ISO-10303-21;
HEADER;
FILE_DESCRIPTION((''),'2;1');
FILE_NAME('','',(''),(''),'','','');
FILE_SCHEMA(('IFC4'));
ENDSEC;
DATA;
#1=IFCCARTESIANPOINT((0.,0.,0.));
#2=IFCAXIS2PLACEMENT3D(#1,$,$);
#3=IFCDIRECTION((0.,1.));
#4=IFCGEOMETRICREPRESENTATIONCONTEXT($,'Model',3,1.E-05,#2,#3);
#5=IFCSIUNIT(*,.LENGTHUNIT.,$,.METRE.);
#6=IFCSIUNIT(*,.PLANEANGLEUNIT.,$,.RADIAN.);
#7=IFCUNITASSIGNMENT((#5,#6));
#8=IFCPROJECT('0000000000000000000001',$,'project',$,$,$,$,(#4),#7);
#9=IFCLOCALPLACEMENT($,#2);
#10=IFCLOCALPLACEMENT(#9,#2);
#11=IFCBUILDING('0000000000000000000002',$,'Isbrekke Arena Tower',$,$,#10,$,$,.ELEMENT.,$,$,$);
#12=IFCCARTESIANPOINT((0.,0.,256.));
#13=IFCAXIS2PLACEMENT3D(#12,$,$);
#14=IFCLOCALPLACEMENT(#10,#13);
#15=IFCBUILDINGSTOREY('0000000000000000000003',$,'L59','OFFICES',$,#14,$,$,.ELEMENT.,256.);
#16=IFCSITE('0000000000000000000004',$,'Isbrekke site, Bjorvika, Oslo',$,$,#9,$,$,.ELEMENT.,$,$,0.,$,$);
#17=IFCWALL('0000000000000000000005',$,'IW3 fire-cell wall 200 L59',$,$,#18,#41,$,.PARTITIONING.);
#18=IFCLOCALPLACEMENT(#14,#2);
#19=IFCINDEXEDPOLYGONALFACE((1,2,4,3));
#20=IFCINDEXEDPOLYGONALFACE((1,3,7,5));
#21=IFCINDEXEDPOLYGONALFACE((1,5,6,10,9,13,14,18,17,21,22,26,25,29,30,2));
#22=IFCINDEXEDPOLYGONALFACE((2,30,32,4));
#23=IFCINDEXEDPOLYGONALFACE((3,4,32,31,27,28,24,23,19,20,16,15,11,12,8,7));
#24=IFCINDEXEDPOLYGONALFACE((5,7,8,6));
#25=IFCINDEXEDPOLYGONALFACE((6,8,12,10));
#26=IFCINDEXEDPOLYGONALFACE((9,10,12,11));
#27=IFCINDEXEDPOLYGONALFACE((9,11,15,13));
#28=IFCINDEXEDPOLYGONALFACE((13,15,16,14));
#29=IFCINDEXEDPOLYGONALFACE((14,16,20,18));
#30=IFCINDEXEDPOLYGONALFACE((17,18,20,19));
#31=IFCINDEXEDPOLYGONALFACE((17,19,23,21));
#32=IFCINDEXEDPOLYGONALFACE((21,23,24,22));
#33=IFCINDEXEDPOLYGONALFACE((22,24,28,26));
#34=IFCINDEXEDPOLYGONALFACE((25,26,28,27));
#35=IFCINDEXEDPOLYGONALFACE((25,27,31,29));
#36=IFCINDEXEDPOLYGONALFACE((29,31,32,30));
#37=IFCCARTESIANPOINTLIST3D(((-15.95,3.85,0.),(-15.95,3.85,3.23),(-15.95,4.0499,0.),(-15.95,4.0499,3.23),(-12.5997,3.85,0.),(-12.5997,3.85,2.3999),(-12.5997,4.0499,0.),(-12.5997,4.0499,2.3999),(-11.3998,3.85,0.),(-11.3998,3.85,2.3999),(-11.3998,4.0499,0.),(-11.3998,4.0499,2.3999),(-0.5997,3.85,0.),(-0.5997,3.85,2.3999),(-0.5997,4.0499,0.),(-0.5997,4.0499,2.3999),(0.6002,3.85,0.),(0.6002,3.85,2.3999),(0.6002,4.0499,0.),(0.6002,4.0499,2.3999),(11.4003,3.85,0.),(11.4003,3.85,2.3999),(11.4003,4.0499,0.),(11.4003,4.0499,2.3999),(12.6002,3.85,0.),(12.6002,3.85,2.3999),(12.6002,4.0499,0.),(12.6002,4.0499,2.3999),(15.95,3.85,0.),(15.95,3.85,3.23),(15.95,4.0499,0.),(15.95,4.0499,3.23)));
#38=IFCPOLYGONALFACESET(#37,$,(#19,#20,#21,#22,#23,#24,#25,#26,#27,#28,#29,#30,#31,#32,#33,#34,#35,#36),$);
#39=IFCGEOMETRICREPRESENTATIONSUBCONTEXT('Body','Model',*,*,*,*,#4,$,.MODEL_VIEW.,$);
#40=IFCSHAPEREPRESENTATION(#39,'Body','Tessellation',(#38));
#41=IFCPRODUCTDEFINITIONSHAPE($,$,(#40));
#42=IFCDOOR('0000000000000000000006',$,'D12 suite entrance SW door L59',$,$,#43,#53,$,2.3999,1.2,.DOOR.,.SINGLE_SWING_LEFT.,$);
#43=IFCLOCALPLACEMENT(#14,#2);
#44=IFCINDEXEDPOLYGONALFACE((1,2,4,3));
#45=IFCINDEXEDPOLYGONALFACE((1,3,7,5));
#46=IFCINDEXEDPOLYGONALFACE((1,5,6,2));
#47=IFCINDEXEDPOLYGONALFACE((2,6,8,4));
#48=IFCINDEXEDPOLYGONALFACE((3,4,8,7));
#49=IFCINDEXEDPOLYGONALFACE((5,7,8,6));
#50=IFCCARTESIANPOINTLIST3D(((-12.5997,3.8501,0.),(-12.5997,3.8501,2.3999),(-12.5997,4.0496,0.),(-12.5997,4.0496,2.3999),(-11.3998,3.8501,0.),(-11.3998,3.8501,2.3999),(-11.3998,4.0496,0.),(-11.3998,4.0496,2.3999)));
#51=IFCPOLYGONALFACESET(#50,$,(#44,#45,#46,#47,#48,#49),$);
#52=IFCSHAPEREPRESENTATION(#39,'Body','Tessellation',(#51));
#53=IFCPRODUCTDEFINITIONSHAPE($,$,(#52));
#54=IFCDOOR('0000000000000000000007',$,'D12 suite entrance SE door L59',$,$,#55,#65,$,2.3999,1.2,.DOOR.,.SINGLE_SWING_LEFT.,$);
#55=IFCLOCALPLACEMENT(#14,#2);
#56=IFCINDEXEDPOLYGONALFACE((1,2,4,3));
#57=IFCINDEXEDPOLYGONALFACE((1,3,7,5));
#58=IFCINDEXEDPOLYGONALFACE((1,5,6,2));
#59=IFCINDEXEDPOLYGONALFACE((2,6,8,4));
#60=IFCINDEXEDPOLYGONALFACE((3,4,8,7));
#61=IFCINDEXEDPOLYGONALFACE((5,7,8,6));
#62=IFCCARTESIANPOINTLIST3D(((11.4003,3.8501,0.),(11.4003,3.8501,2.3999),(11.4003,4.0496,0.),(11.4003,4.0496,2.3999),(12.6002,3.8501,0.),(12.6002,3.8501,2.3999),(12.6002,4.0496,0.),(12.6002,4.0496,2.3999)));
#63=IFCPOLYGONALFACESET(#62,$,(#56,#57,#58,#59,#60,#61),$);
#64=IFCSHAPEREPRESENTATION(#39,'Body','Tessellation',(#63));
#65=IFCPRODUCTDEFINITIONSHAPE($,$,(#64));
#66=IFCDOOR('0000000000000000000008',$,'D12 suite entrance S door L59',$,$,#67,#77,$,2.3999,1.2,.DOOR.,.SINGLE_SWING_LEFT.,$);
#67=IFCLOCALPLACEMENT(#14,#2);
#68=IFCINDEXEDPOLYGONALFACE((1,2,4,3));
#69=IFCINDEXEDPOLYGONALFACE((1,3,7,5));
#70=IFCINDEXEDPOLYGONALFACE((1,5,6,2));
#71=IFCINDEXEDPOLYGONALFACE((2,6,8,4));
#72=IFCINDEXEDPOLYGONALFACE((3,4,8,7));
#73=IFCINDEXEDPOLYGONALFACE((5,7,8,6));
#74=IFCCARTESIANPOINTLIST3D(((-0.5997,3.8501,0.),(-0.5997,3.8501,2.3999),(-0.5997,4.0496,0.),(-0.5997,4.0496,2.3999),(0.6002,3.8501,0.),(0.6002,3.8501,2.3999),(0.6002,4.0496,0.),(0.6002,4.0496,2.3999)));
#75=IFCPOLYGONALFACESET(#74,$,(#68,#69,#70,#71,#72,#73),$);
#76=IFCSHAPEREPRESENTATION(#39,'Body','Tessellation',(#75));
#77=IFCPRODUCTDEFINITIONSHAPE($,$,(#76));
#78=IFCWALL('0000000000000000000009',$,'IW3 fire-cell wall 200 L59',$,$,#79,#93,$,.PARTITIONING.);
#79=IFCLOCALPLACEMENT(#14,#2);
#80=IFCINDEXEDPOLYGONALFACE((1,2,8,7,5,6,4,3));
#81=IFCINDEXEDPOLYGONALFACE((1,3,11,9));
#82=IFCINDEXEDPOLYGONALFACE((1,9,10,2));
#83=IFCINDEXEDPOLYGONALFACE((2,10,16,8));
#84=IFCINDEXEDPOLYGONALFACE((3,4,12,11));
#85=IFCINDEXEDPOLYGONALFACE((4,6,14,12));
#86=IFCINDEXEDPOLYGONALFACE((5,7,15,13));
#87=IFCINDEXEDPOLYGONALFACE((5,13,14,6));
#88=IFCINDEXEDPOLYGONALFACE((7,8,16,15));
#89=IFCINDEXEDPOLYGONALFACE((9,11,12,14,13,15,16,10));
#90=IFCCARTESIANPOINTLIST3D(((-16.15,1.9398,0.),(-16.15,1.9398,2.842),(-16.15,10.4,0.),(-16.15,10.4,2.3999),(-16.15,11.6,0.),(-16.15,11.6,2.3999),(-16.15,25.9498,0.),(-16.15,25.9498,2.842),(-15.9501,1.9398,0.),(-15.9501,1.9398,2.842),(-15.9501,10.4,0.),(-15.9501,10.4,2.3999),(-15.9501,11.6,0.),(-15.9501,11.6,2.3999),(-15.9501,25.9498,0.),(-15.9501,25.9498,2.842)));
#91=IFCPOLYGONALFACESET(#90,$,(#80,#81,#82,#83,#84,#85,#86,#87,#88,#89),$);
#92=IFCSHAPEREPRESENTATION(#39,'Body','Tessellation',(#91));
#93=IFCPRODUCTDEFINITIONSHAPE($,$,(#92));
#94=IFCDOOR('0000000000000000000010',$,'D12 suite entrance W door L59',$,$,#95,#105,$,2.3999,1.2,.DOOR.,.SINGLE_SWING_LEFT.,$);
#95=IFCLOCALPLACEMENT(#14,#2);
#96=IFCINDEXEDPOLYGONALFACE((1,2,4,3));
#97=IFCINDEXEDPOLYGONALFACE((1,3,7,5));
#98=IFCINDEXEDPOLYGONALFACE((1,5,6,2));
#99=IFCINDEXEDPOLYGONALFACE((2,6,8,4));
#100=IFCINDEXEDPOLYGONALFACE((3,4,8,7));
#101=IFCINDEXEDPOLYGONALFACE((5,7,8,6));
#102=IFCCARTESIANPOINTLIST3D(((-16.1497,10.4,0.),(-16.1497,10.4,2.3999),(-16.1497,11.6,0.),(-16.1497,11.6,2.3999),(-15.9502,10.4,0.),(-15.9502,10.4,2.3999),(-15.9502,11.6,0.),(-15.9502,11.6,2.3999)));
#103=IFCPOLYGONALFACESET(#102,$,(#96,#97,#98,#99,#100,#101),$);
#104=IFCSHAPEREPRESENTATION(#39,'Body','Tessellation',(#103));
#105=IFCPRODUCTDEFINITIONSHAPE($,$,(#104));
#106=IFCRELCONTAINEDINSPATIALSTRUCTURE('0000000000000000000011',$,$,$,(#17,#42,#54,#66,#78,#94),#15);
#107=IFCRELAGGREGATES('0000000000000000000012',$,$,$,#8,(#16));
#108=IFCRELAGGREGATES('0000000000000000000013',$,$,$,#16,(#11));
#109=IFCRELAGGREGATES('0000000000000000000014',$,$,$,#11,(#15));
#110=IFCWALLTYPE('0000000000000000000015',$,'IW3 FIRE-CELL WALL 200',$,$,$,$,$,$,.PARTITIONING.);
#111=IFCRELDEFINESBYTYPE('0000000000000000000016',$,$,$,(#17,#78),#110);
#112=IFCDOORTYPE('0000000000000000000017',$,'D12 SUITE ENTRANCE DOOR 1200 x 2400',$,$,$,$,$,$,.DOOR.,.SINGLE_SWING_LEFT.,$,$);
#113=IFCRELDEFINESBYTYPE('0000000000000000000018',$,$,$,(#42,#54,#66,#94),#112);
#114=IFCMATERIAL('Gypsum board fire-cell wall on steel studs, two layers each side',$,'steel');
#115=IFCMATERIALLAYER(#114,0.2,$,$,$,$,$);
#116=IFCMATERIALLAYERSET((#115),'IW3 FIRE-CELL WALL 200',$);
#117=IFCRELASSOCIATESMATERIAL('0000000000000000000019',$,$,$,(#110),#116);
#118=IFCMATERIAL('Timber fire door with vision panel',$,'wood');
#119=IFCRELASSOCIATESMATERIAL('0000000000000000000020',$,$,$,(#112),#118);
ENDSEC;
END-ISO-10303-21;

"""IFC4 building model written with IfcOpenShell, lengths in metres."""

from ifc_helpers import new_model, si_unit, direction, frame, frame_2d, origin, place, context, subcontext, project, spatial, rectangle, extrude, material, layer, layer_set, type_object, element, fill, save


model = new_model("IFC4")

# Units and contexts
model_context = context("Model", 3, precision=1e-05, world=origin(), true_north=direction((0.0, 1.0)))
body_context = subcontext(model_context, "Body", "Model", "MODEL_VIEW")
ifc_project = project(units=[si_unit("LENGTHUNIT", "METRE"), si_unit("PLANEANGLEUNIT", "RADIAN")], contexts=[model_context])

# Site, building, storey
site_placement = place(None, origin())
site = spatial("IfcSite", under=ifc_project, at=site_placement, Name="Isbrekke site, Bjorvika, Oslo", CompositionType="ELEMENT", RefElevation=0.0)
building_placement = place(site_placement, origin())
building = spatial("IfcBuilding", under=site, at=building_placement, Name="Isbrekke Arena Tower", CompositionType="ELEMENT")
storey_placement = place(building_placement, frame((0.0, 0.0, 256.0)))
storey = spatial("IfcBuildingStorey", under=building, at=storey_placement, Name="L59", Description="OFFICES", CompositionType="ELEMENT", Elevation=256.0)

# Wall, openings, doors
ifc_material_1 = material(Name="Gypsum board fire-cell wall on steel studs, two layers each side", Category="steel")
ifc_layer_1 = layer(ifc_material_1, 0.2)
ifc_layer_set_1 = layer_set([ifc_layer_1], Name="IW3 FIRE-CELL WALL 200")
wall_type_1 = type_object("IfcWallType", Name="IW3 FIRE-CELL WALL 200", PredefinedType="PARTITIONING", material=ifc_layer_set_1)
wall_1_placement = place(storey_placement, frame((-15.95, 3.95, 0.0), z_axis=(0.0, 0.0, 1.0), x_axis=(1.0, 0.0, 0.0)))
wall_1 = element("IfcWall", 1, at=wall_1_placement, inside=storey, type_object=wall_type_1, Name="IW3 fire-cell wall 200 L59", PredefinedType="PARTITIONING", context=body_context, shape_type="SweptSolid", body=[
    extrude(rectangle(XDim=31.8999, YDim=0.2, at=frame_2d((15.95, 0.0))), origin(), (0.0, 0.0, 1.0), 3.23),
])
opening_1_placement = place(wall_1_placement, frame((3.3501, 0.0, 0.0)))
opening_1 = element("IfcOpeningElement", 2, at=opening_1_placement, cuts=wall_1, PredefinedType="OPENING", context=body_context, shape_type="SweptSolid", body=[
    extrude(rectangle(XDim=1.2, YDim=2.3999, at=frame_2d((0.6001, 1.2))), frame((0.0, 0.1147, 0.0), z_axis=(0.0, -1.0, 0.0), x_axis=(1.0, 0.0, 0.0)), (0.0, 0.0, 1.0), 0.2297),
])
opening_2_placement = place(wall_1_placement, frame((27.3501, 0.0, 0.0)))
opening_2 = element("IfcOpeningElement", 3, at=opening_2_placement, cuts=wall_1, PredefinedType="OPENING", context=body_context, shape_type="SweptSolid", body=[
    extrude(rectangle(XDim=1.2, YDim=2.3999, at=frame_2d((0.6001, 1.2))), frame((0.0, 0.1147, 0.0), z_axis=(0.0, -1.0, 0.0), x_axis=(1.0, 0.0, 0.0)), (0.0, 0.0, 1.0), 0.2297),
])
opening_3_placement = place(wall_1_placement, frame((15.3501, 0.0, 0.0)))
opening_3 = element("IfcOpeningElement", 4, at=opening_3_placement, cuts=wall_1, PredefinedType="OPENING", context=body_context, shape_type="SweptSolid", body=[
    extrude(rectangle(XDim=1.2, YDim=2.3999, at=frame_2d((0.6001, 1.2))), frame((0.0, 0.1147, 0.0), z_axis=(0.0, -1.0, 0.0), x_axis=(1.0, 0.0, 0.0)), (0.0, 0.0, 1.0), 0.2297),
])
ifc_material_2 = material(Name="Timber fire door with vision panel", Category="wood")
door_type_1 = type_object("IfcDoorType", Name="D12 SUITE ENTRANCE DOOR 1200 x 2400", OperationType="SINGLE_SWING_LEFT", PredefinedType="DOOR", material=ifc_material_2)
door_1_placement = place(opening_1_placement, origin())
door_1 = element("IfcDoor", 5, at=door_1_placement, inside=storey, type_object=door_type_1, Name="D12 suite entrance SW door L59", OperationType="SINGLE_SWING_LEFT", OverallHeight=2.3999, OverallWidth=1.2, PredefinedType="DOOR", context=body_context, shape_type="SweptSolid", body=[
    extrude(rectangle(XDim=1.2, YDim=2.3999, at=frame_2d((0.6001, 1.2))), frame((0.0, 0.0996, 0.0), z_axis=(0.0, -1.0, 0.0), x_axis=(1.0, 0.0, 0.0)), (0.0, 0.0, 1.0), 0.1995),
])
fill(opening_1, door_1)
door_2_placement = place(opening_2_placement, origin())
door_2 = element("IfcDoor", 6, at=door_2_placement, inside=storey, type_object=door_type_1, Name="D12 suite entrance SE door L59", OperationType="SINGLE_SWING_LEFT", OverallHeight=2.3999, OverallWidth=1.2, PredefinedType="DOOR", context=body_context, shape_type="SweptSolid", body=[
    extrude(rectangle(XDim=1.2, YDim=2.3999, at=frame_2d((0.6001, 1.2))), frame((0.0, 0.0996, 0.0), z_axis=(0.0, -1.0, 0.0), x_axis=(1.0, 0.0, 0.0)), (0.0, 0.0, 1.0), 0.1995),
])
fill(opening_2, door_2)
door_3_placement = place(opening_3_placement, origin())
door_3 = element("IfcDoor", 7, at=door_3_placement, inside=storey, type_object=door_type_1, Name="D12 suite entrance S door L59", OperationType="SINGLE_SWING_LEFT", OverallHeight=2.3999, OverallWidth=1.2, PredefinedType="DOOR", context=body_context, shape_type="SweptSolid", body=[
    extrude(rectangle(XDim=1.2, YDim=2.3999, at=frame_2d((0.6001, 1.2))), frame((0.0, 0.0996, 0.0), z_axis=(0.0, -1.0, 0.0), x_axis=(1.0, 0.0, 0.0)), (0.0, 0.0, 1.0), 0.1995),
])
fill(opening_3, door_3)

# Wall, opening, door
wall_2_placement = place(storey_placement, frame((-16.05, 1.9399, 0.0), z_axis=(0.0, 0.0, 1.0), x_axis=(0.0, 1.0, 0.0)))
wall_2 = element("IfcWall", 8, at=wall_2_placement, inside=storey, type_object=wall_type_1, Name="IW3 fire-cell wall 200 L59", PredefinedType="PARTITIONING", context=body_context, shape_type="SweptSolid", body=[
    extrude(rectangle(XDim=24.01, YDim=0.2, at=frame_2d((12.0049, 0.0))), origin(), (0.0, 0.0, 1.0), 2.842),
])
opening_4_placement = place(wall_2_placement, frame((8.46, 0.0, 0.0)))
opening_4 = element("IfcOpeningElement", 9, at=opening_4_placement, cuts=wall_2, PredefinedType="OPENING", context=body_context, shape_type="SweptSolid", body=[
    extrude(rectangle(XDim=1.2, YDim=2.3999, at=frame_2d((0.6001, 1.2))), frame((0.0, 0.1147, 0.0), z_axis=(0.0, -1.0, 0.0), x_axis=(1.0, 0.0, 0.0)), (0.0, 0.0, 1.0), 0.2297),
])
door_4_placement = place(opening_4_placement, origin())
door_4 = element("IfcDoor", 10, at=door_4_placement, inside=storey, type_object=door_type_1, Name="D12 suite entrance W door L59", OperationType="SINGLE_SWING_LEFT", OverallHeight=2.3999, OverallWidth=1.2, PredefinedType="DOOR", context=body_context, shape_type="SweptSolid", body=[
    extrude(rectangle(XDim=1.2, YDim=2.3999, at=frame_2d((0.6001, 1.2))), frame((0.0, 0.0996, 0.0), z_axis=(0.0, -1.0, 0.0), x_axis=(1.0, 0.0, 0.0)), (0.0, 0.0, 1.0), 0.1995),
])
fill(opening_4, door_4)

save(model, "model.ifc")
